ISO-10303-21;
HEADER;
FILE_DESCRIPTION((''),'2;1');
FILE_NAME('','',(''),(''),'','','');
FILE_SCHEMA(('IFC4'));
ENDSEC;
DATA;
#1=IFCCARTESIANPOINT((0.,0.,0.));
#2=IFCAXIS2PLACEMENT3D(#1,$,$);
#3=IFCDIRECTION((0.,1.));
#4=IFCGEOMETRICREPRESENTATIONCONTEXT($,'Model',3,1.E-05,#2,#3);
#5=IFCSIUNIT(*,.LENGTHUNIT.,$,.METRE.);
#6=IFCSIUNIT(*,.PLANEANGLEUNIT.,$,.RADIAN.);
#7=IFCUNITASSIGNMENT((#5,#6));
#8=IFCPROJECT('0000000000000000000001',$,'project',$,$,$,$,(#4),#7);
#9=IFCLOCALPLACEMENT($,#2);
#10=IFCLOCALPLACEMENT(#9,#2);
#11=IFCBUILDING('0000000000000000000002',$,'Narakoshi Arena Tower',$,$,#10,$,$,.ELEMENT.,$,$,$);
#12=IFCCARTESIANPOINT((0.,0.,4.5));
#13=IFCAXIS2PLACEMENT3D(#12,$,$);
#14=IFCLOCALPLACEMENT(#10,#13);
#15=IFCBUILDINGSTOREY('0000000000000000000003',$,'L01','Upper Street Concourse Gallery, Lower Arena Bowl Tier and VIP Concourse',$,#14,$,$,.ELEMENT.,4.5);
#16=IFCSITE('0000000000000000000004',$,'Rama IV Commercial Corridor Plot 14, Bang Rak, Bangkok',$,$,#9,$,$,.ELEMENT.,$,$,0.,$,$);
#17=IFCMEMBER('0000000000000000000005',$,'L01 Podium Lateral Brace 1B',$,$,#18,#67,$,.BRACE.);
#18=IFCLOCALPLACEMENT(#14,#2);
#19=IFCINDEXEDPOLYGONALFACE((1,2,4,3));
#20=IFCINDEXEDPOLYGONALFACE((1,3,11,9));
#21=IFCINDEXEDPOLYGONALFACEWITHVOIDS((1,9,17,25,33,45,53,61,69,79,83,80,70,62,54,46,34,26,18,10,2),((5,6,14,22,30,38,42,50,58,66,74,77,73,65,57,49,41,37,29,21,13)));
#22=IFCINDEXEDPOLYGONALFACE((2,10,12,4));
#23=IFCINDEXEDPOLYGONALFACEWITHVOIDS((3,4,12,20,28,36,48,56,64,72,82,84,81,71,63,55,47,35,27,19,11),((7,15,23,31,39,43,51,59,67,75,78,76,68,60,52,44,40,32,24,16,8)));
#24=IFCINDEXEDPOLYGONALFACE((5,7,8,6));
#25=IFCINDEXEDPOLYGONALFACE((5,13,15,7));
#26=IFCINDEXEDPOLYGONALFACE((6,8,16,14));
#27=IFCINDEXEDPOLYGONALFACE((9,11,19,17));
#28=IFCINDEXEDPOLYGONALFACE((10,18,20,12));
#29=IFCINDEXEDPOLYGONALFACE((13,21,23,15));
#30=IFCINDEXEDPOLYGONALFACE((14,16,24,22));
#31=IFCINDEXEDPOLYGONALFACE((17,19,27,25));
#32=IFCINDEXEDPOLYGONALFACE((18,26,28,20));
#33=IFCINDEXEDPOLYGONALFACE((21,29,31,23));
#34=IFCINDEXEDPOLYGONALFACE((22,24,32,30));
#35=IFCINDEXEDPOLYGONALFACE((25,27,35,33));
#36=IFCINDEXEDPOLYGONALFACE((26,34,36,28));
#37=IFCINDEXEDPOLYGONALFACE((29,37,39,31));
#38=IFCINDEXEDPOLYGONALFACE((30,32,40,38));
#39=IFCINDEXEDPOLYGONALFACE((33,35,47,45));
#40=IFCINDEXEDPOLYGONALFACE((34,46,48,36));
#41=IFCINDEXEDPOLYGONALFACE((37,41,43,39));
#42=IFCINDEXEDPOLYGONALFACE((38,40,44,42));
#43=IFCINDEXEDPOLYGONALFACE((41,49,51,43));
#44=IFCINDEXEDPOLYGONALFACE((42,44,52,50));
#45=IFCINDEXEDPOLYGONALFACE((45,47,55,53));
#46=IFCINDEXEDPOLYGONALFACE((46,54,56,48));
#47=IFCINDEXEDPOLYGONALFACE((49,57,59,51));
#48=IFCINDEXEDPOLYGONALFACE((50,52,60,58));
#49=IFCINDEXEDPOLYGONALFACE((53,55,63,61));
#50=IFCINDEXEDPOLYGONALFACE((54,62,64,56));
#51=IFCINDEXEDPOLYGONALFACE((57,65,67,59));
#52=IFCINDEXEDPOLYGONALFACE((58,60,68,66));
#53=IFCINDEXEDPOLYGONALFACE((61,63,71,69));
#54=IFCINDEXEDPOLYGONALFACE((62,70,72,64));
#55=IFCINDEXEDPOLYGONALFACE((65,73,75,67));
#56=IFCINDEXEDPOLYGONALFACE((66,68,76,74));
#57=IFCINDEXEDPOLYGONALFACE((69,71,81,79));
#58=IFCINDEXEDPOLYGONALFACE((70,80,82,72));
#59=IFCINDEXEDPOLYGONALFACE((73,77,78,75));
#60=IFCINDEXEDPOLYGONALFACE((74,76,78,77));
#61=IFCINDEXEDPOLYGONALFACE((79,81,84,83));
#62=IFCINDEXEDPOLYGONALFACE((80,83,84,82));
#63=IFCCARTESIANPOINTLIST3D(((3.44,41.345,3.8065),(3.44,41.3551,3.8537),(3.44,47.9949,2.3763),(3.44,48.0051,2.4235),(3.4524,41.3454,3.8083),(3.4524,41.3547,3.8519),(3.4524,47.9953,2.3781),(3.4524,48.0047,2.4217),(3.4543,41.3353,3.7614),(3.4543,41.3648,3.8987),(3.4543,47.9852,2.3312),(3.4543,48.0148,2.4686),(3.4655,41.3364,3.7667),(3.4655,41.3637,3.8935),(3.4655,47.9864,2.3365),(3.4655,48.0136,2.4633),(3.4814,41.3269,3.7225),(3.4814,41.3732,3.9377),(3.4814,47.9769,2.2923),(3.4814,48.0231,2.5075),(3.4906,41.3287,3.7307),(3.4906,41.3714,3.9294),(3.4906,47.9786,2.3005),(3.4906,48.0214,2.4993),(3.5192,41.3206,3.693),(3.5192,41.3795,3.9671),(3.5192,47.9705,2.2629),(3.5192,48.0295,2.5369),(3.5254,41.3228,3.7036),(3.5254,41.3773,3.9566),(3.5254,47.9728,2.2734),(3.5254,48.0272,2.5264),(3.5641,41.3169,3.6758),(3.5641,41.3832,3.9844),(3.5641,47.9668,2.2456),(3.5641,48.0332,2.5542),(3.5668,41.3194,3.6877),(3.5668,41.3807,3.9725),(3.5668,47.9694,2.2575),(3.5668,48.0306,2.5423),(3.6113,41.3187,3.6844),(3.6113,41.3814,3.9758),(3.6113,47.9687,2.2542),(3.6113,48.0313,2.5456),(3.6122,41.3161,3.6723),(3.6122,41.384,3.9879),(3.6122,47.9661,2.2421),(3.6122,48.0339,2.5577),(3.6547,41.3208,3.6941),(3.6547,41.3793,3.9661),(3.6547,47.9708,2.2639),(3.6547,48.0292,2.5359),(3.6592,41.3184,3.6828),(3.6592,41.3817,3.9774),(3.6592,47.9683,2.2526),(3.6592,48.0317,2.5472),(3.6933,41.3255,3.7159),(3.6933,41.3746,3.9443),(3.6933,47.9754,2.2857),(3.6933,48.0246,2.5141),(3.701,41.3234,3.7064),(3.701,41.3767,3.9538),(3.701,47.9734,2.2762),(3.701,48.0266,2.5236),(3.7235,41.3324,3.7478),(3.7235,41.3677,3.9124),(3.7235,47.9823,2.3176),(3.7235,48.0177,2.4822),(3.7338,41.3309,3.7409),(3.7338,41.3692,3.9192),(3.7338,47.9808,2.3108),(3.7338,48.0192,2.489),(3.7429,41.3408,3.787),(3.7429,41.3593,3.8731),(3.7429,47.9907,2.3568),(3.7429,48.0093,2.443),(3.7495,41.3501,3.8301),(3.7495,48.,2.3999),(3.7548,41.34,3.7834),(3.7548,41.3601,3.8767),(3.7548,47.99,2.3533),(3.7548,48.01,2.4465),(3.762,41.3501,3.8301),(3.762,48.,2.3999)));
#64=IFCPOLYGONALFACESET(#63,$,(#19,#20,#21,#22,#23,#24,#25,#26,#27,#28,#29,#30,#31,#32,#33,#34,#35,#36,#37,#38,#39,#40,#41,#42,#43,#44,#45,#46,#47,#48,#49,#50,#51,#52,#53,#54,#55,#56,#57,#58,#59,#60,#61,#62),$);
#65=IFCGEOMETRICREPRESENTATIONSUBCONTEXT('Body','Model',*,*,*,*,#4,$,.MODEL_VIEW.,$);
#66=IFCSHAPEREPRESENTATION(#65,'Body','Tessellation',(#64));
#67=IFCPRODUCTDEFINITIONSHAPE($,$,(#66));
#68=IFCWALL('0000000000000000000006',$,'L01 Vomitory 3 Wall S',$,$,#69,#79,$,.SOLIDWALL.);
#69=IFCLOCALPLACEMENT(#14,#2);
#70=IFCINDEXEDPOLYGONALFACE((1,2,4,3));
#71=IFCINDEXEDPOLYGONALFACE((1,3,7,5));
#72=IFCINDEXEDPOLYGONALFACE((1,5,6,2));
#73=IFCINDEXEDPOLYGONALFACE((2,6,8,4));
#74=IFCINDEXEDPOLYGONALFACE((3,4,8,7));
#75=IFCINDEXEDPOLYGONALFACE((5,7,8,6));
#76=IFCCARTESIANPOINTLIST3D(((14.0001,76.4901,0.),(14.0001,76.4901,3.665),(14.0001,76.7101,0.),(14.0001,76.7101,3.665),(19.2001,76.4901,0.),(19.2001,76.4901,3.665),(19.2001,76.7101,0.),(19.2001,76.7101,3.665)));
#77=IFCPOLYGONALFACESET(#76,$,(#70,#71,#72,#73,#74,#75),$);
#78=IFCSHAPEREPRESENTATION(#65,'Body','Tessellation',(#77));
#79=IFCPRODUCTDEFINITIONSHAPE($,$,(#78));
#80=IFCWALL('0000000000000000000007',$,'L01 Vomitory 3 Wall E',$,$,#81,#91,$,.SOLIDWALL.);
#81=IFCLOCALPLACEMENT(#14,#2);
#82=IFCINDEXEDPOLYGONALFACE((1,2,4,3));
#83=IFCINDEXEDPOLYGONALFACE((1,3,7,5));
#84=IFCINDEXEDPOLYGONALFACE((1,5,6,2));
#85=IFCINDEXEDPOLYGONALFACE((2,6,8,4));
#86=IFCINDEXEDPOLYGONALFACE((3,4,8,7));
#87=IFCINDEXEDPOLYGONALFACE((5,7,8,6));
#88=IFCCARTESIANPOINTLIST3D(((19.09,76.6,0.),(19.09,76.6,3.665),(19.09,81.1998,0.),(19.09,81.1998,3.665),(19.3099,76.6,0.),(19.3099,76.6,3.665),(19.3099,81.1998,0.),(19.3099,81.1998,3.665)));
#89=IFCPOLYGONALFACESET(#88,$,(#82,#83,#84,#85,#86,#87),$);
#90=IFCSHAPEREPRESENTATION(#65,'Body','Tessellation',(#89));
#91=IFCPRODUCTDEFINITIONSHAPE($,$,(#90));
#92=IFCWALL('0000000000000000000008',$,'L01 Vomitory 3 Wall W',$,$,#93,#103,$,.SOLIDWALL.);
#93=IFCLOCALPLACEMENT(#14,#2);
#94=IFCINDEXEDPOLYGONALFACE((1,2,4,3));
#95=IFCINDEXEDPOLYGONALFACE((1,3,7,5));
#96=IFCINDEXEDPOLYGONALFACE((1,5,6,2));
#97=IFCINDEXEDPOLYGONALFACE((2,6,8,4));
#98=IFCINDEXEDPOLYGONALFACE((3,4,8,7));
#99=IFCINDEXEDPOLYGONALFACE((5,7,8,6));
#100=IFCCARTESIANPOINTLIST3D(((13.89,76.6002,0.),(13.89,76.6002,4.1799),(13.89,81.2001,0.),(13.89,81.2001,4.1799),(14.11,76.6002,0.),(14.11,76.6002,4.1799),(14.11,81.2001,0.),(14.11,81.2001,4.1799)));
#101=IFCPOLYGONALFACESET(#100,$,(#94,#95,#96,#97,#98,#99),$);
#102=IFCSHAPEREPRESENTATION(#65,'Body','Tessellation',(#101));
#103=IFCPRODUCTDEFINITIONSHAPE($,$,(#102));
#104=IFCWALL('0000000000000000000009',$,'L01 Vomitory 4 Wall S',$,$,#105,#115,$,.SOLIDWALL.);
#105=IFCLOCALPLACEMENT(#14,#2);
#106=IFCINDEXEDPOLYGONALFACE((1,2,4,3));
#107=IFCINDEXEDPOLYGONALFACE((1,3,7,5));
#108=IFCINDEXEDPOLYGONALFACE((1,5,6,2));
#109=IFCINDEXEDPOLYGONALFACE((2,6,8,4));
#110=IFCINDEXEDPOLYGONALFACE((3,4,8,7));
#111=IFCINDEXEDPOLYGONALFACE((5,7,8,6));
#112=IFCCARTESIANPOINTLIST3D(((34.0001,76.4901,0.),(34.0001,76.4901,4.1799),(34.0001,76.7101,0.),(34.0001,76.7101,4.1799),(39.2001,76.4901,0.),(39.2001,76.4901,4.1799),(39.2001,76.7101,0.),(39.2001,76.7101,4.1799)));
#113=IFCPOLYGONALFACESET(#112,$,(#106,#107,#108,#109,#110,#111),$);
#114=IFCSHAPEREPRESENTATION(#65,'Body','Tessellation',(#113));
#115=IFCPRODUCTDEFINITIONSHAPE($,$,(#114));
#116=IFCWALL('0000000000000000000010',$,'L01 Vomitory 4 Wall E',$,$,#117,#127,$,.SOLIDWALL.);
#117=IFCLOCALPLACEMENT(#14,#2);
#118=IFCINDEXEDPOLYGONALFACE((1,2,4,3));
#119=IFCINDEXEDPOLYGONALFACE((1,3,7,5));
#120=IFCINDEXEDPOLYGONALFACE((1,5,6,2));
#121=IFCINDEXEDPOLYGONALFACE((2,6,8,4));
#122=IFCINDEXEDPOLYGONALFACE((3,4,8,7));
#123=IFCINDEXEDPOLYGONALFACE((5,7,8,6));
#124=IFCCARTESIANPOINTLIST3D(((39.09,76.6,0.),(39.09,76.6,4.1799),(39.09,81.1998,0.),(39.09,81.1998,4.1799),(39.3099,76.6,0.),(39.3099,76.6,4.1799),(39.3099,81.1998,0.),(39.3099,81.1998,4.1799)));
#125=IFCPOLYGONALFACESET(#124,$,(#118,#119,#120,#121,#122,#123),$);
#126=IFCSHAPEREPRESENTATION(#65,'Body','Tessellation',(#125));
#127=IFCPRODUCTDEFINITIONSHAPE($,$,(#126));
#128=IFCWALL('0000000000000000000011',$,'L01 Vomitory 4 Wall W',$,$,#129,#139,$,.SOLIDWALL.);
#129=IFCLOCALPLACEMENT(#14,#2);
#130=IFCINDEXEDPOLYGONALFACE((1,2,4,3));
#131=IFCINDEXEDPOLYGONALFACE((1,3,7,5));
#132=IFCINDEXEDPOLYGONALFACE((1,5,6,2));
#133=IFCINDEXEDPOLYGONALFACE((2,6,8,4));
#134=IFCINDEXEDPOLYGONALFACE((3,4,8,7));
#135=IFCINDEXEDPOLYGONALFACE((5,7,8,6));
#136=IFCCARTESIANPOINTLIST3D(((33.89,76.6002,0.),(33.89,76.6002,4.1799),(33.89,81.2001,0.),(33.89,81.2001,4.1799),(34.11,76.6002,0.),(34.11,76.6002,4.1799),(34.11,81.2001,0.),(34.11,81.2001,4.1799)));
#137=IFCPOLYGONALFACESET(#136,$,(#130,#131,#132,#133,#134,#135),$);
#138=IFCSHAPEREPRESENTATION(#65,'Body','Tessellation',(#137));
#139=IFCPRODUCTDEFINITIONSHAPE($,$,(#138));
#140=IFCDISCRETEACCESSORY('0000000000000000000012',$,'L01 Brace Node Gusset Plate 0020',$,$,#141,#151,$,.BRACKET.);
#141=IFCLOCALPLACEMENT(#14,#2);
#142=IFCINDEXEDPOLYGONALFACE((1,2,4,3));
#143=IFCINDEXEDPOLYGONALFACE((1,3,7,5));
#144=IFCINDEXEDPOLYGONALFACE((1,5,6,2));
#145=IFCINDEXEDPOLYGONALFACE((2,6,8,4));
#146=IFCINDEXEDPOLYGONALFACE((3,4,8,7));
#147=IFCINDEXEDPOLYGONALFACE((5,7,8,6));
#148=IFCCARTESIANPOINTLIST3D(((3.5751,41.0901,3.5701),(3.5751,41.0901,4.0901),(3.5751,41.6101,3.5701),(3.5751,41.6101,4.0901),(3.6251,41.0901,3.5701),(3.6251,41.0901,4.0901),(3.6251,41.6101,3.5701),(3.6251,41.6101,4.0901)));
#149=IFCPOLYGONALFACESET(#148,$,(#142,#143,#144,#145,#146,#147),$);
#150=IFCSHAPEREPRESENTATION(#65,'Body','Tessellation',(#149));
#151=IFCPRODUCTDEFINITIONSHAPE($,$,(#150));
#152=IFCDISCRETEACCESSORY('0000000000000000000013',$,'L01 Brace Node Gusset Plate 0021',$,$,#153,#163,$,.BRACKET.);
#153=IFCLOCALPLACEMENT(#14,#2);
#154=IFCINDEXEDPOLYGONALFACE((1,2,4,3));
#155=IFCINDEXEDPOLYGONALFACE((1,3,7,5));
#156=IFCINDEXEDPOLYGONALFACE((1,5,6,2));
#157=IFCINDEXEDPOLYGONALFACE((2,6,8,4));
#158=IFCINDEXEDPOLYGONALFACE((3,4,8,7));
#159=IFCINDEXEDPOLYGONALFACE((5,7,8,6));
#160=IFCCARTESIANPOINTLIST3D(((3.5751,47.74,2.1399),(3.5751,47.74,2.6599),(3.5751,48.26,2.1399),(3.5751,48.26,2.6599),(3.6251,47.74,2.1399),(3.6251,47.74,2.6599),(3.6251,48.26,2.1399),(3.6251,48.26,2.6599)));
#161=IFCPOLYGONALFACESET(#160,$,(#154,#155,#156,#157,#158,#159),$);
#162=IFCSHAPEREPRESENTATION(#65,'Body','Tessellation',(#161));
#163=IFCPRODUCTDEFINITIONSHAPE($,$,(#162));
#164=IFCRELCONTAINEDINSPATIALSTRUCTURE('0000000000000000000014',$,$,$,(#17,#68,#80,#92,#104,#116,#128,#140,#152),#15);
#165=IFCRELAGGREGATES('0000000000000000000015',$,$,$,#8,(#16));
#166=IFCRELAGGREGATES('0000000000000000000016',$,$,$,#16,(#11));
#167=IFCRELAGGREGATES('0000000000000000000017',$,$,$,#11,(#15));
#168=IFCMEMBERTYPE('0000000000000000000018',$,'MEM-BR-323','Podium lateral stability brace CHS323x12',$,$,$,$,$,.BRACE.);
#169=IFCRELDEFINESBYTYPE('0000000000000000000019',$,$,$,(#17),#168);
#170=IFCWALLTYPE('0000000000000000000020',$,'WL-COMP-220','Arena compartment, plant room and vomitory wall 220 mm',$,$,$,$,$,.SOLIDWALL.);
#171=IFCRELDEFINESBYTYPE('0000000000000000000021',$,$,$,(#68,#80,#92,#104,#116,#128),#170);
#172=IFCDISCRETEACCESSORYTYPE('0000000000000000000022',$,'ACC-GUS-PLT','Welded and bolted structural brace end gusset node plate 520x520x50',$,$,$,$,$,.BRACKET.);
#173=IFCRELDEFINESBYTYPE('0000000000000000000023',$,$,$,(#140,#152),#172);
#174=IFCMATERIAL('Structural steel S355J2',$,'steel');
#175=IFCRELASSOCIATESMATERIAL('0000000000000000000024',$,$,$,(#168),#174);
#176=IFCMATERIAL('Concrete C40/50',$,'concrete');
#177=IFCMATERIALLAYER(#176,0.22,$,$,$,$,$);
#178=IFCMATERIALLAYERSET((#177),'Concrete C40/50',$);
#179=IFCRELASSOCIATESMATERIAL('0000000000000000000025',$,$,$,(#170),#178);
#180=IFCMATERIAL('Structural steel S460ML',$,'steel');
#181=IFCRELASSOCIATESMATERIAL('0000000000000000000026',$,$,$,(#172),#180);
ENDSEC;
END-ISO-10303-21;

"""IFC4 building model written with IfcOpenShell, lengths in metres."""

from ifc_helpers import new_model, si_unit, direction, frame, frame_2d, origin, origin_2d, place, context, subcontext, project, spatial, rectangle, hollow_circle, extrude, material, layer, layer_set, material_profile, profile_set, type_object, element, save


model = new_model("IFC4")

# Units and contexts
model_context = context("Model", 3, precision=1e-05, world=origin(), true_north=direction((0.0, 1.0)))
body_context = subcontext(model_context, "Body", "Model", "MODEL_VIEW")
ifc_project = project(units=[si_unit("LENGTHUNIT", "METRE"), si_unit("PLANEANGLEUNIT", "RADIAN")], contexts=[model_context])

# Site, building, storey
site_placement = place(None, origin())
site = spatial("IfcSite", under=ifc_project, at=site_placement, Name="Rama IV Commercial Corridor Plot 14, Bang Rak, Bangkok", CompositionType="ELEMENT", RefElevation=0.0)
building_placement = place(site_placement, origin())
building = spatial("IfcBuilding", under=site, at=building_placement, Name="Narakoshi Arena Tower", CompositionType="ELEMENT")
storey_placement = place(building_placement, frame((0.0, 0.0, 4.5)))
storey = spatial("IfcBuildingStorey", under=building, at=storey_placement, Name="L01", Description="Upper Street Concourse Gallery, Lower Arena Bowl Tier and VIP Concourse", CompositionType="ELEMENT", Elevation=4.5)

# Shared definitions
ifc_material_1 = material(Name="Structural steel S355J2", Category="steel")

# Member
ifc_material_profile_1 = material_profile(ifc_material_1, hollow_circle(Radius=0.1619, WallThickness=0.0125, at=origin_2d()), Name="CHS323x12")
ifc_profile_set_1 = profile_set([ifc_material_profile_1], Name="Structural steel S355J2")
member_type = type_object("IfcMemberType", Name="MEM-BR-323", Description="Podium lateral stability brace CHS323x12", PredefinedType="BRACE", material=ifc_profile_set_1)
member_placement = place(storey_placement, frame((3.6001, 48.0, 2.3999), z_axis=(0.0, -0.977646, 0.210259), x_axis=(1.0, 0.0, 0.0)))
element("IfcMember", 1, at=member_placement, inside=storey, type_object=member_type, Name="L01 Podium Lateral Brace 1B", PredefinedType="BRACE", context=body_context, shape_type="SweptSolid", body=[
    extrude(hollow_circle(Radius=0.1619, WallThickness=0.0125, at=origin_2d()), origin(), (0.0, 0.0, 1.0), 6.802),
])

# Walls
ifc_material_2 = material(Name="Concrete C40/50", Category="concrete")
ifc_layer = layer(ifc_material_2, 0.22)
ifc_layer_set = layer_set([ifc_layer], Name="Concrete C40/50")
wall_type = type_object("IfcWallType", Name="WL-COMP-220", Description="Arena compartment, plant room and vomitory wall 220 mm", PredefinedType="SOLIDWALL", material=ifc_layer_set)
wall_1_placement = place(storey_placement, frame((14.0, 76.6001, 0.0), z_axis=(0.0, 0.0, 1.0), x_axis=(1.0, 0.0, 0.0)))
element("IfcWall", 2, at=wall_1_placement, inside=storey, type_object=wall_type, Name="L01 Vomitory 3 Wall S", PredefinedType="SOLIDWALL", context=body_context, shape_type="SweptSolid", body=[
    extrude(rectangle(XDim=5.2, YDim=0.22, at=frame_2d((2.6001, 0.0))), origin(), (0.0, 0.0, 1.0), 3.665),
])
wall_2_placement = place(storey_placement, frame((19.2, 76.6001, 0.0), z_axis=(0.0, 0.0, 1.0), x_axis=(0.0, 1.0, 0.0)))
element("IfcWall", 3, at=wall_2_placement, inside=storey, type_object=wall_type, Name="L01 Vomitory 3 Wall E", PredefinedType="SOLIDWALL", context=body_context, shape_type="SweptSolid", body=[
    extrude(rectangle(XDim=4.5999, YDim=0.22, at=frame_2d((2.2998, 0.0))), origin(), (0.0, 0.0, 1.0), 3.665),
])

# Walls
wall_3_placement = place(storey_placement, frame((14.0, 81.2, 0.0), z_axis=(0.0, 0.0, 1.0), x_axis=(0.0, -1.0, 0.0)))
element("IfcWall", 4, at=wall_3_placement, inside=storey, type_object=wall_type, Name="L01 Vomitory 3 Wall W", PredefinedType="SOLIDWALL", context=body_context, shape_type="SweptSolid", body=[
    extrude(rectangle(XDim=4.5999, YDim=0.22, at=frame_2d((2.2998, 0.0))), origin(), (0.0, 0.0, 1.0), 4.1799),
])
wall_4_placement = place(storey_placement, frame((34.0, 76.6001, 0.0), z_axis=(0.0, 0.0, 1.0), x_axis=(1.0, 0.0, 0.0)))
element("IfcWall", 5, at=wall_4_placement, inside=storey, type_object=wall_type, Name="L01 Vomitory 4 Wall S", PredefinedType="SOLIDWALL", context=body_context, shape_type="SweptSolid", body=[
    extrude(rectangle(XDim=5.2, YDim=0.22, at=frame_2d((2.6001, 0.0))), origin(), (0.0, 0.0, 1.0), 4.1799),
])
for number, where, z_axis, x_axis, name in (
    (6, (39.2, 76.6001, 0.0), (0.0, 0.0, 1.0), (0.0, 1.0, 0.0), "L01 Vomitory 4 Wall E"),
    (7, (34.0, 81.2, 0.0), (0.0, 0.0, 1.0), (0.0, -1.0, 0.0), "L01 Vomitory 4 Wall W"),
):
    element("IfcWall", number, at=place(storey_placement, frame(where, z_axis=z_axis, x_axis=x_axis)), inside=storey, type_object=wall_type, Name=name, PredefinedType="SOLIDWALL", context=body_context, shape_type="SweptSolid", body=[
        extrude(rectangle(XDim=4.5999, YDim=0.22, at=frame_2d((2.2998, 0.0))), origin(), (0.0, 0.0, 1.0), 4.1799),
    ])

# Discrete accessories
ifc_material_3 = material(Name="Structural steel S460ML", Category="steel")
discrete_accessory_type = type_object("IfcDiscreteAccessoryType", Name="ACC-GUS-PLT", Description="Welded and bolted structural brace end gusset node plate 520x520x50", PredefinedType="BRACKET", material=ifc_material_3)
for number, where, z_axis, x_axis, name in (
    (8, (3.6001, 41.3501, 3.5701), (0.0, 0.0, 1.0), (0.0, 1.0, 0.0), "L01 Brace Node Gusset Plate 0020"),
    (9, (3.6001, 48.0, 2.1399), (0.0, 0.0, 1.0), (0.0, 1.0, 0.0), "L01 Brace Node Gusset Plate 0021"),
):
    element("IfcDiscreteAccessory", number, at=place(storey_placement, frame(where, z_axis=z_axis, x_axis=x_axis)), inside=storey, type_object=discrete_accessory_type, Name=name, PredefinedType="BRACKET", context=body_context, shape_type="SweptSolid", body=[
        extrude(rectangle(XDim=0.52, YDim=0.05, at=origin_2d()), origin(), (0.0, 0.0, 1.0), 0.52),
    ])

save(model, "model.ifc")
